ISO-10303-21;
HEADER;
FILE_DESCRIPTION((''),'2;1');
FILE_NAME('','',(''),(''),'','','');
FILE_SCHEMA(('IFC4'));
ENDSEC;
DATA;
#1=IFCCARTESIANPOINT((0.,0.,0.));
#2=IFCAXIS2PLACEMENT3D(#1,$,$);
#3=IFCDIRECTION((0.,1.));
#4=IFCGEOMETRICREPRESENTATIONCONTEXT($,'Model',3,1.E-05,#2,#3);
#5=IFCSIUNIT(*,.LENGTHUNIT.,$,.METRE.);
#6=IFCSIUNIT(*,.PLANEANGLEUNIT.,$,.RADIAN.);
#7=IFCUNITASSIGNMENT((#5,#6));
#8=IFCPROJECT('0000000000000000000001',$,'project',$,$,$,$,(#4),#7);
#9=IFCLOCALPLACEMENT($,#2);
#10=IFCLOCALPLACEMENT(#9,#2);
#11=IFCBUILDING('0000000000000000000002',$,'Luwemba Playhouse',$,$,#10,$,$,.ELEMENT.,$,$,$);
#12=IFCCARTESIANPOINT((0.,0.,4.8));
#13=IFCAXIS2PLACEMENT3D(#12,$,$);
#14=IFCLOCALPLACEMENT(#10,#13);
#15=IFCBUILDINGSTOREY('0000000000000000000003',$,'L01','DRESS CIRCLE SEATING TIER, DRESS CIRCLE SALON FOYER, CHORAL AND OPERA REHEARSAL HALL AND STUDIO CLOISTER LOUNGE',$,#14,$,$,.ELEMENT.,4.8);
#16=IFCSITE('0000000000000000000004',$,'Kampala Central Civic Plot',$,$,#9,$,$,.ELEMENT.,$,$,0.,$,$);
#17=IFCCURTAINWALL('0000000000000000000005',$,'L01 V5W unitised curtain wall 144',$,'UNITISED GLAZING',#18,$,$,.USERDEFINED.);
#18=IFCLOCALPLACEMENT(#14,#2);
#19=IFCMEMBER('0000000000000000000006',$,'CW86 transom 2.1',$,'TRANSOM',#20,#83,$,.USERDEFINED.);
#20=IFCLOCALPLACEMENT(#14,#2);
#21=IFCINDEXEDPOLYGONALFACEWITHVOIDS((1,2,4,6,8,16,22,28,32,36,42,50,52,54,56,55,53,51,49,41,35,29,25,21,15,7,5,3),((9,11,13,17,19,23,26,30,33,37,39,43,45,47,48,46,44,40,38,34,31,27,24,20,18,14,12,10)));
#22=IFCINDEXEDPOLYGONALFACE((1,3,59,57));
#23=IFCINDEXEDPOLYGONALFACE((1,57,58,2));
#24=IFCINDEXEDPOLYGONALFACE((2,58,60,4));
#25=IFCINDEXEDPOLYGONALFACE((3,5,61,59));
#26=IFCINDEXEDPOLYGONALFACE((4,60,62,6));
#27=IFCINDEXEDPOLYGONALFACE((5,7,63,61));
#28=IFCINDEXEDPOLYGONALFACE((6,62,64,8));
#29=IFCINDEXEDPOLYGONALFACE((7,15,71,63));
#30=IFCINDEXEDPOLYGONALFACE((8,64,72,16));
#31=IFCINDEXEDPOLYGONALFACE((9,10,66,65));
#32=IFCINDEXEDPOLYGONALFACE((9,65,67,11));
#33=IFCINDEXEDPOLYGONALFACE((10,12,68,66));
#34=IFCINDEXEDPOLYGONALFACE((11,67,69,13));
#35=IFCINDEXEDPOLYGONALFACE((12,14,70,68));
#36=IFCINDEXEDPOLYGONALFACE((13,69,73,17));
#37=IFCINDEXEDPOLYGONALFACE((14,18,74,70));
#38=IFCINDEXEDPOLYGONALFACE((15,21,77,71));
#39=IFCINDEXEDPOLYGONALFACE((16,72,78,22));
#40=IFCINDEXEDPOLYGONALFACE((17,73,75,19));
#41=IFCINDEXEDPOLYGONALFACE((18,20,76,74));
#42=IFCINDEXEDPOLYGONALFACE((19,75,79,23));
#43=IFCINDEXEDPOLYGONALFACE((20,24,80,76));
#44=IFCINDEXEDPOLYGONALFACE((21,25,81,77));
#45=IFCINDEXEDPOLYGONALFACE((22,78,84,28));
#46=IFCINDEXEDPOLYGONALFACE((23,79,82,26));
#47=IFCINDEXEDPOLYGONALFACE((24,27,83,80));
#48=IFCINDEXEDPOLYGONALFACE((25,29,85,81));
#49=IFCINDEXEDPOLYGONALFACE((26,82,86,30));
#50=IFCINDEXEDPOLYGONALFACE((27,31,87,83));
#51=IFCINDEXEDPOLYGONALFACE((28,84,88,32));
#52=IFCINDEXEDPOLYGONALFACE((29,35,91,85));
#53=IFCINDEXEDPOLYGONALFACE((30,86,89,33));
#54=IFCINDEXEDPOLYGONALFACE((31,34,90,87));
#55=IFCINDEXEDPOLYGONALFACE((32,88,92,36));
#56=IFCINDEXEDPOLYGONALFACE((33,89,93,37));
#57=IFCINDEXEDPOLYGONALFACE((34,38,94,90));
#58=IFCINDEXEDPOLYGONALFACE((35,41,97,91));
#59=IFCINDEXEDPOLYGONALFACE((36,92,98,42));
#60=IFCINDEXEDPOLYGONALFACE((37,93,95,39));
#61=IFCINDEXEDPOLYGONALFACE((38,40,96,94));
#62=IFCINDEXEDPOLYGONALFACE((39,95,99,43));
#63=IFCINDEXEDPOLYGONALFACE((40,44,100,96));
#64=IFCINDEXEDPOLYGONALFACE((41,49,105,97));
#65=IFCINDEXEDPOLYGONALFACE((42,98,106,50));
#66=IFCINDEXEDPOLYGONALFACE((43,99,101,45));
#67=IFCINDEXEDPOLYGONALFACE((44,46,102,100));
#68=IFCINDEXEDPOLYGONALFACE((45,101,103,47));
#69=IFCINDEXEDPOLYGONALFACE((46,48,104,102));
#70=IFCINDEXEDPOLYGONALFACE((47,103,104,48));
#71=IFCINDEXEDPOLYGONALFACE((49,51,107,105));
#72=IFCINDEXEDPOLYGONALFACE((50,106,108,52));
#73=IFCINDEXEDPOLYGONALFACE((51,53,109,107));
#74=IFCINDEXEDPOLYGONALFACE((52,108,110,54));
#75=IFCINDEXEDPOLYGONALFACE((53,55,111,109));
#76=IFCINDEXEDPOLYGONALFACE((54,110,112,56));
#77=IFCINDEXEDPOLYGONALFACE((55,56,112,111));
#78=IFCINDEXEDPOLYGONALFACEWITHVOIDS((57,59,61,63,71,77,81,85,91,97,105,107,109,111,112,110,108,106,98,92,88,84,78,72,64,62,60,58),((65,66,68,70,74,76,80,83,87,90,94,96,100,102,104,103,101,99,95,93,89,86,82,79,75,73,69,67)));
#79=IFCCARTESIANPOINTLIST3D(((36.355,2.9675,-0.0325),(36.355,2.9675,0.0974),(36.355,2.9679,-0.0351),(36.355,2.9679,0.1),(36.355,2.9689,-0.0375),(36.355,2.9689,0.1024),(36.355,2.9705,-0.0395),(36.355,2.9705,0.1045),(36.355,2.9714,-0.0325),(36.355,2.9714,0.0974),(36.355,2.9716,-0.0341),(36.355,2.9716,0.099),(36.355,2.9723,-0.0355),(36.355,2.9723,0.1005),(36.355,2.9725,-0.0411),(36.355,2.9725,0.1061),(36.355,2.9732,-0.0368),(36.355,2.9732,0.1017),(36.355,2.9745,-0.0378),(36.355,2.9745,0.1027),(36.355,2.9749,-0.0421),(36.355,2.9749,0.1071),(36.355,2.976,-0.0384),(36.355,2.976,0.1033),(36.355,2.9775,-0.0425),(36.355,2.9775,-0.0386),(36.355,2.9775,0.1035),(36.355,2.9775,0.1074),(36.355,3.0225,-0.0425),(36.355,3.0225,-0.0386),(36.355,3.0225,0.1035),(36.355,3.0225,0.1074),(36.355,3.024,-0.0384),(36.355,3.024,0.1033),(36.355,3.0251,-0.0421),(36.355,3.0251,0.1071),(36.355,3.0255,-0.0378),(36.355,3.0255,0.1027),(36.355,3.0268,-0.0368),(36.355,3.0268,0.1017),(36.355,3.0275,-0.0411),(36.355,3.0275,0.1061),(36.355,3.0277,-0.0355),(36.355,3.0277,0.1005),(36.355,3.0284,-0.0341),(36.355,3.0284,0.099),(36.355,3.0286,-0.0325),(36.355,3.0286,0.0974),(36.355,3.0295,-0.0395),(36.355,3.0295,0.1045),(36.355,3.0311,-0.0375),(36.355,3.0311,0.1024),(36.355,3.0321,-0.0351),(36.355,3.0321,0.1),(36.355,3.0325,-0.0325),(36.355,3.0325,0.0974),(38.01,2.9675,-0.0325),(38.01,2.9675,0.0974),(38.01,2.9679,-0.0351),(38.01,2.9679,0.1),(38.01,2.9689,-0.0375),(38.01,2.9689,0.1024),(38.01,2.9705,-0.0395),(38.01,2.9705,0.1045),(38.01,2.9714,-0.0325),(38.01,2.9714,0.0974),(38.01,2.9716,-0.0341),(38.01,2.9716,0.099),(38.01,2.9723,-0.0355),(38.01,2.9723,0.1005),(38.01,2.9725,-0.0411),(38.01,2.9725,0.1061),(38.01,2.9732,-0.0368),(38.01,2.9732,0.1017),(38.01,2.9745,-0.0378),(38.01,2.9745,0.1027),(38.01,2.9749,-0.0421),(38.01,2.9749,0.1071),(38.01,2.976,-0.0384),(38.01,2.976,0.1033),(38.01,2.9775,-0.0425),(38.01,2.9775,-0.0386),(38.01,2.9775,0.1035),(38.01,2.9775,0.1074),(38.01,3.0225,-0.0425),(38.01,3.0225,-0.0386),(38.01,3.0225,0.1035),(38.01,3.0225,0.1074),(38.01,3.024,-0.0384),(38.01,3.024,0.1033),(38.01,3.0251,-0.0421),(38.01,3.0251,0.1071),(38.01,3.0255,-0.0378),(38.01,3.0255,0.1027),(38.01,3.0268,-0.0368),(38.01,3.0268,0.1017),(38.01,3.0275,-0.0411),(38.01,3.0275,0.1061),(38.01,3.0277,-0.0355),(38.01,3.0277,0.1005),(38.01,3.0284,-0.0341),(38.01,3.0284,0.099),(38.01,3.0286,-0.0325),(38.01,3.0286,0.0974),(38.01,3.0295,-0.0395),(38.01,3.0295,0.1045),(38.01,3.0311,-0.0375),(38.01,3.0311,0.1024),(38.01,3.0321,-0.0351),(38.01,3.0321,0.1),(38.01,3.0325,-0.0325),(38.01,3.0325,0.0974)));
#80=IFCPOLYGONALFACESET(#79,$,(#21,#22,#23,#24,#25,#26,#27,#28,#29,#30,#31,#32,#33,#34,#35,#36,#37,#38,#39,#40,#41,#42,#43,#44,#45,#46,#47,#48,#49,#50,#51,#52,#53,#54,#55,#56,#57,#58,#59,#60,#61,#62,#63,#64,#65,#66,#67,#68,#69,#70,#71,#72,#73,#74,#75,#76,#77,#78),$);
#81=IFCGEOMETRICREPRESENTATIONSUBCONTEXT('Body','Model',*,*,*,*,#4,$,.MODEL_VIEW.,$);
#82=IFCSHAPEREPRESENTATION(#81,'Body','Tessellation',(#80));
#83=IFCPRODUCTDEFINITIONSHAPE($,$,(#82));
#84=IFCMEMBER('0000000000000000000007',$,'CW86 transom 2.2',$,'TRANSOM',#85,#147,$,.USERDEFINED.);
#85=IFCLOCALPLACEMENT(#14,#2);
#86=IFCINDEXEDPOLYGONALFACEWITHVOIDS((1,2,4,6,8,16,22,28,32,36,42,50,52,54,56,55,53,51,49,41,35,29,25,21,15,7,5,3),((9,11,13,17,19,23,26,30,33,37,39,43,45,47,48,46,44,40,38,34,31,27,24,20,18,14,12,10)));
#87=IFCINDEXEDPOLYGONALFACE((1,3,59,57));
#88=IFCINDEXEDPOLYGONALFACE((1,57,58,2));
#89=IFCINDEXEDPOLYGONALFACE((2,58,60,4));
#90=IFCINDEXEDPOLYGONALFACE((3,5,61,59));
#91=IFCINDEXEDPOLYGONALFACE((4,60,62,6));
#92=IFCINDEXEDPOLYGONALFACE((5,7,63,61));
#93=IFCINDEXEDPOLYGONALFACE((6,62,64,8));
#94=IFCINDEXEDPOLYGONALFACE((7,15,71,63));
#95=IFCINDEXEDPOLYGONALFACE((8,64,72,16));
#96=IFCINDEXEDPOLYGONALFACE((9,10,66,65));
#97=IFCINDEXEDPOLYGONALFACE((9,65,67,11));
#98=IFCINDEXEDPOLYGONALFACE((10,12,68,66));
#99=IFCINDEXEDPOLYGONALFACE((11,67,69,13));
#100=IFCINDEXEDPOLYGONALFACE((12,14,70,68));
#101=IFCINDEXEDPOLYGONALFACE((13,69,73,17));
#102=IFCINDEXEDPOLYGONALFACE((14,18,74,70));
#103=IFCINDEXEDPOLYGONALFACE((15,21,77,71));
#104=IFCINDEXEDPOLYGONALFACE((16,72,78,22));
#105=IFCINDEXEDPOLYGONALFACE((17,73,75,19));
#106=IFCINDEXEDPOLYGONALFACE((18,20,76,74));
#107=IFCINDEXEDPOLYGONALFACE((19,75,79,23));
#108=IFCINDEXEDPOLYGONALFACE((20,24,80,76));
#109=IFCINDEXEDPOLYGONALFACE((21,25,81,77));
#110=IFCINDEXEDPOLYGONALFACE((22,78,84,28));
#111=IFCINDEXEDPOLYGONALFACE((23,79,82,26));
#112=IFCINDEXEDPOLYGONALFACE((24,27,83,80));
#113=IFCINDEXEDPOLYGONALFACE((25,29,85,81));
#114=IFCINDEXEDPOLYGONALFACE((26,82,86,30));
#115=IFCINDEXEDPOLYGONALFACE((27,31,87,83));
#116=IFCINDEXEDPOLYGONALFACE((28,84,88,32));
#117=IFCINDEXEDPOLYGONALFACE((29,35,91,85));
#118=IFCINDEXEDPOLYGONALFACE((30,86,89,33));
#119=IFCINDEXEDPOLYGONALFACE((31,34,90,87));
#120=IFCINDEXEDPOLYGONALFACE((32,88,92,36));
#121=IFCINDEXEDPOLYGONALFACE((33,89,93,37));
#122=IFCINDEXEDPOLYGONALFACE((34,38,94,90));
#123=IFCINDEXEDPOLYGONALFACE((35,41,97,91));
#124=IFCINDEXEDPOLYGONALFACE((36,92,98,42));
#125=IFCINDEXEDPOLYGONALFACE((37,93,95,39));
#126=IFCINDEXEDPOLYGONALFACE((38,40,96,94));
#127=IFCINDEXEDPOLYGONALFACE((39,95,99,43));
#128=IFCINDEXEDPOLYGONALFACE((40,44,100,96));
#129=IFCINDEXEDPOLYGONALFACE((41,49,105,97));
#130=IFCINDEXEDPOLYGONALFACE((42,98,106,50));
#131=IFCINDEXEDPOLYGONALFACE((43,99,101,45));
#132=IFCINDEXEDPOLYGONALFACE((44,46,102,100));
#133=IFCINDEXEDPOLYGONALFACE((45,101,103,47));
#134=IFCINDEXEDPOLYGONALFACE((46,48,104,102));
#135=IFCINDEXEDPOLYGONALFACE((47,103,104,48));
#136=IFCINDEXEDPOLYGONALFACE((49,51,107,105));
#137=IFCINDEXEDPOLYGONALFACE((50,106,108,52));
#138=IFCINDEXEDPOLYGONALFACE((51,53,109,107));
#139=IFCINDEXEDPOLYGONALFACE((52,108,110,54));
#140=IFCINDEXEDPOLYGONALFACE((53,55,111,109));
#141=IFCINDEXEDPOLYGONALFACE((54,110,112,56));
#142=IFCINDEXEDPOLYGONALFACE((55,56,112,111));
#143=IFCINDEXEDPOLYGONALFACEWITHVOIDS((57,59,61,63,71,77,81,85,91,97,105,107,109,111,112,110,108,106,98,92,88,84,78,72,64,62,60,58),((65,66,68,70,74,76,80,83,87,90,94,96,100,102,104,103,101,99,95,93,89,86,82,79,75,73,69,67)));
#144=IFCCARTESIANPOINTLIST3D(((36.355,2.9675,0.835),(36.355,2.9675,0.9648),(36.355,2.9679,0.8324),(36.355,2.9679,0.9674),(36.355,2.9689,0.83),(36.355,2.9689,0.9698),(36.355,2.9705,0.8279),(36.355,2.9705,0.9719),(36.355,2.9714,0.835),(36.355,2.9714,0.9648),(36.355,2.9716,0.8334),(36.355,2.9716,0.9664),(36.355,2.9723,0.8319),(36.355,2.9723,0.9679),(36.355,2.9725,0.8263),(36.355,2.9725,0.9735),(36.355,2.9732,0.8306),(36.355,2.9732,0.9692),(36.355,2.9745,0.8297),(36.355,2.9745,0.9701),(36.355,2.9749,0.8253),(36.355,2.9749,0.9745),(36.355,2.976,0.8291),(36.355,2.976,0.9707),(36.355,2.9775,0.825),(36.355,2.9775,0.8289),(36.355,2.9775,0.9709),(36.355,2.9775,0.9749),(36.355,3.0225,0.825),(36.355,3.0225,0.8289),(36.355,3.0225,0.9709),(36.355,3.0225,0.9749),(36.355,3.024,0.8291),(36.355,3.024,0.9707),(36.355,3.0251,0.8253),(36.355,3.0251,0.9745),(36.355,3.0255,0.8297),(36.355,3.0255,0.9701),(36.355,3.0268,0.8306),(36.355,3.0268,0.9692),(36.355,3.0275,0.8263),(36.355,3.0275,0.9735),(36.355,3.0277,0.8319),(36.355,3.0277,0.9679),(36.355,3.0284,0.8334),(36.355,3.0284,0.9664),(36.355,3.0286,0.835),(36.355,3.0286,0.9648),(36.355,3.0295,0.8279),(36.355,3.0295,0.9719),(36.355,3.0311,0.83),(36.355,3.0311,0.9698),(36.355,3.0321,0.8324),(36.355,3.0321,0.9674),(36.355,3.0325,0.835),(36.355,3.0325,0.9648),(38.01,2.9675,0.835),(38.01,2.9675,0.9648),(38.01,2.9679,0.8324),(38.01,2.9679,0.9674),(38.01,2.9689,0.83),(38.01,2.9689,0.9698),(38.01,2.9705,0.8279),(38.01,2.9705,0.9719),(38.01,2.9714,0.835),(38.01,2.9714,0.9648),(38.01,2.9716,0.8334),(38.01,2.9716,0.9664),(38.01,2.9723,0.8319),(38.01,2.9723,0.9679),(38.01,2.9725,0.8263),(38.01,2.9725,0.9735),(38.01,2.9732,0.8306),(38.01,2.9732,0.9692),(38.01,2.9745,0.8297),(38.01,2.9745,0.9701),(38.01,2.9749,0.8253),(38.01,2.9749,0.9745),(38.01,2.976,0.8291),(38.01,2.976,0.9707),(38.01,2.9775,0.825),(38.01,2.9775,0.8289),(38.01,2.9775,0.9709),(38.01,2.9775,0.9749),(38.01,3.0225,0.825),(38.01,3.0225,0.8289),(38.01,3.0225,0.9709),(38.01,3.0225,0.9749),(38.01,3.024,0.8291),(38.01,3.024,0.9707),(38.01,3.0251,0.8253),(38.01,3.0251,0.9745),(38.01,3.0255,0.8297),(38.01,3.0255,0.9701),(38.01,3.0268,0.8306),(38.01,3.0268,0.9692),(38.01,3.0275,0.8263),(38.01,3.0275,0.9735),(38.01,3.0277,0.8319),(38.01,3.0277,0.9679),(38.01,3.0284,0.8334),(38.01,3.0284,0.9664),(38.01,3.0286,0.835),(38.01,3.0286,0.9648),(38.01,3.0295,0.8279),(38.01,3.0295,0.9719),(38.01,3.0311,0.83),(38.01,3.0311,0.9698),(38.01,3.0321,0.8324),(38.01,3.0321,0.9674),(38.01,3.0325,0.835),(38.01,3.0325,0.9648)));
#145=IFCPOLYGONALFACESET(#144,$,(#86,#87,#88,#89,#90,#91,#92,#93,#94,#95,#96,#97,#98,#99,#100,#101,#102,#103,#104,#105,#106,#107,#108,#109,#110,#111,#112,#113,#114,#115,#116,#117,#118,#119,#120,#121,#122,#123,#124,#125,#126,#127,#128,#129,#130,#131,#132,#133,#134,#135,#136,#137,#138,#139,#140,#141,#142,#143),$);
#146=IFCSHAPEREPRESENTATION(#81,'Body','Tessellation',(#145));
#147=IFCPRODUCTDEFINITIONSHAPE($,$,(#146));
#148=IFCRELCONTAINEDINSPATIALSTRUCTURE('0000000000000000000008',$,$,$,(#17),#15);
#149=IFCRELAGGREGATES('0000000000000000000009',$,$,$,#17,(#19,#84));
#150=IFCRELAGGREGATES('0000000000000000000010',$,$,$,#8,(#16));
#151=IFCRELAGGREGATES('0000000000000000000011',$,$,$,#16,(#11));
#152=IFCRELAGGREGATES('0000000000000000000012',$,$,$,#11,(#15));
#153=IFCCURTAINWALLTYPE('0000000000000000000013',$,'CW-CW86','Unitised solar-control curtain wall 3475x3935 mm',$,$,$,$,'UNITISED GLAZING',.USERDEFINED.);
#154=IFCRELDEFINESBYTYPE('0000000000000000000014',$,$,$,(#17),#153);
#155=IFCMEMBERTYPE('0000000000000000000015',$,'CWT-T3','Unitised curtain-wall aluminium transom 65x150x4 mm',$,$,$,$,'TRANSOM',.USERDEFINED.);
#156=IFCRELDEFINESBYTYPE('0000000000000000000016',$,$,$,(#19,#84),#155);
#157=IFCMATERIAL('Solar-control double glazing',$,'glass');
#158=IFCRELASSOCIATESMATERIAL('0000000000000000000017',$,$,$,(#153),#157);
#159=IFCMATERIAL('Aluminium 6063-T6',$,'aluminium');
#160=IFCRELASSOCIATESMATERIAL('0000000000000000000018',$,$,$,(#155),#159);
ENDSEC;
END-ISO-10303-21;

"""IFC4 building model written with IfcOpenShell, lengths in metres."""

from ifc_helpers import new_model, si_unit, direction, frame, origin, origin_2d, place, context, subcontext, project, spatial, hollow_rectangle, extrude, material, material_profile, profile_set, type_object, element, aggregate, save


model = new_model("IFC4")

# Units and contexts
model_context = context("Model", 3, precision=1e-05, world=origin(), true_north=direction((0.0, 1.0)))
body_context = subcontext(model_context, "Body", "Model", "MODEL_VIEW")
ifc_project = project(units=[si_unit("LENGTHUNIT", "METRE"), si_unit("PLANEANGLEUNIT", "RADIAN")], contexts=[model_context])

# Site, building, storey
site_placement = place(None, origin())
site = spatial("IfcSite", under=ifc_project, at=site_placement, Name="Kampala Central Civic Plot", CompositionType="ELEMENT", RefElevation=0.0)
building_placement = place(site_placement, origin())
building = spatial("IfcBuilding", under=site, at=building_placement, Name="Luwemba Playhouse", CompositionType="ELEMENT")
storey_placement = place(building_placement, frame((0.0, 0.0, 4.8)))
storey = spatial("IfcBuildingStorey", under=building, at=storey_placement, Name="L01", Description="DRESS CIRCLE SEATING TIER, DRESS CIRCLE SALON FOYER, CHORAL AND OPERA REHEARSAL HALL AND STUDIO CLOISTER LOUNGE", CompositionType="ELEMENT", Elevation=4.8)

# Curtain wall
ifc_material_1 = material(Name="Solar-control double glazing", Category="glass")
ifc_material_2 = material(Name="Aluminium 6063-T6", Category="aluminium")
curtain_wall_type_1 = type_object("IfcCurtainWallType", Name="CW-CW86", Description="Unitised solar-control curtain wall 3475x3935 mm", ElementType="UNITISED GLAZING", PredefinedType="USERDEFINED", material=ifc_material_1)
curtain_wall_1_placement = place(storey_placement, origin())
curtain_wall_1 = element("IfcCurtainWall", 1, at=curtain_wall_1_placement, inside=storey, type_object=curtain_wall_type_1, Name="L01 V5W unitised curtain wall 144", ObjectType="UNITISED GLAZING", PredefinedType="USERDEFINED")

# Members
ifc_material_profile_1 = material_profile(ifc_material_2, hollow_rectangle(XDim=0.0649, YDim=0.1499, WallThickness=0.0039, InnerFilletRadius=0.0061, OuterFilletRadius=0.01, at=origin_2d()))
ifc_profile_set_1 = profile_set([ifc_material_profile_1], Name="Aluminium 6063-T6")
member_type_1 = type_object("IfcMemberType", Name="CWT-T3", Description="Unitised curtain-wall aluminium transom 65x150x4 mm", ElementType="TRANSOM", PredefinedType="USERDEFINED", material=ifc_profile_set_1)
member_1_placement = place(storey_placement, frame((38.01, 3.0, 0.0325), z_axis=(-1.0, 0.0, 0.0), x_axis=(0.0, -1.0, 0.0)))
member_1 = element("IfcMember", 2, at=member_1_placement, type_object=member_type_1, Name="CW86 transom 2.1", ObjectType="TRANSOM", PredefinedType="USERDEFINED", context=body_context, shape_type="SweptSolid", body=[
    extrude(hollow_rectangle(XDim=0.0649, YDim=0.1499, WallThickness=0.0039, InnerFilletRadius=0.0061, OuterFilletRadius=0.01, at=origin_2d()), origin(), (0.0, 0.0, 1.0), 1.655),
])
member_2_placement = place(storey_placement, frame((38.01, 3.0, 0.8999), z_axis=(-1.0, 0.0, 0.0), x_axis=(0.0, -1.0, 0.0)))
member_2 = element("IfcMember", 3, at=member_2_placement, type_object=member_type_1, Name="CW86 transom 2.2", ObjectType="TRANSOM", PredefinedType="USERDEFINED", context=body_context, shape_type="SweptSolid", body=[
    extrude(hollow_rectangle(XDim=0.0649, YDim=0.1499, WallThickness=0.0039, InnerFilletRadius=0.0061, OuterFilletRadius=0.01, at=origin_2d()), origin(), (0.0, 0.0, 1.0), 1.655),
])

aggregate(curtain_wall_1, [member_1, member_2])

save(model, "model.ifc")
